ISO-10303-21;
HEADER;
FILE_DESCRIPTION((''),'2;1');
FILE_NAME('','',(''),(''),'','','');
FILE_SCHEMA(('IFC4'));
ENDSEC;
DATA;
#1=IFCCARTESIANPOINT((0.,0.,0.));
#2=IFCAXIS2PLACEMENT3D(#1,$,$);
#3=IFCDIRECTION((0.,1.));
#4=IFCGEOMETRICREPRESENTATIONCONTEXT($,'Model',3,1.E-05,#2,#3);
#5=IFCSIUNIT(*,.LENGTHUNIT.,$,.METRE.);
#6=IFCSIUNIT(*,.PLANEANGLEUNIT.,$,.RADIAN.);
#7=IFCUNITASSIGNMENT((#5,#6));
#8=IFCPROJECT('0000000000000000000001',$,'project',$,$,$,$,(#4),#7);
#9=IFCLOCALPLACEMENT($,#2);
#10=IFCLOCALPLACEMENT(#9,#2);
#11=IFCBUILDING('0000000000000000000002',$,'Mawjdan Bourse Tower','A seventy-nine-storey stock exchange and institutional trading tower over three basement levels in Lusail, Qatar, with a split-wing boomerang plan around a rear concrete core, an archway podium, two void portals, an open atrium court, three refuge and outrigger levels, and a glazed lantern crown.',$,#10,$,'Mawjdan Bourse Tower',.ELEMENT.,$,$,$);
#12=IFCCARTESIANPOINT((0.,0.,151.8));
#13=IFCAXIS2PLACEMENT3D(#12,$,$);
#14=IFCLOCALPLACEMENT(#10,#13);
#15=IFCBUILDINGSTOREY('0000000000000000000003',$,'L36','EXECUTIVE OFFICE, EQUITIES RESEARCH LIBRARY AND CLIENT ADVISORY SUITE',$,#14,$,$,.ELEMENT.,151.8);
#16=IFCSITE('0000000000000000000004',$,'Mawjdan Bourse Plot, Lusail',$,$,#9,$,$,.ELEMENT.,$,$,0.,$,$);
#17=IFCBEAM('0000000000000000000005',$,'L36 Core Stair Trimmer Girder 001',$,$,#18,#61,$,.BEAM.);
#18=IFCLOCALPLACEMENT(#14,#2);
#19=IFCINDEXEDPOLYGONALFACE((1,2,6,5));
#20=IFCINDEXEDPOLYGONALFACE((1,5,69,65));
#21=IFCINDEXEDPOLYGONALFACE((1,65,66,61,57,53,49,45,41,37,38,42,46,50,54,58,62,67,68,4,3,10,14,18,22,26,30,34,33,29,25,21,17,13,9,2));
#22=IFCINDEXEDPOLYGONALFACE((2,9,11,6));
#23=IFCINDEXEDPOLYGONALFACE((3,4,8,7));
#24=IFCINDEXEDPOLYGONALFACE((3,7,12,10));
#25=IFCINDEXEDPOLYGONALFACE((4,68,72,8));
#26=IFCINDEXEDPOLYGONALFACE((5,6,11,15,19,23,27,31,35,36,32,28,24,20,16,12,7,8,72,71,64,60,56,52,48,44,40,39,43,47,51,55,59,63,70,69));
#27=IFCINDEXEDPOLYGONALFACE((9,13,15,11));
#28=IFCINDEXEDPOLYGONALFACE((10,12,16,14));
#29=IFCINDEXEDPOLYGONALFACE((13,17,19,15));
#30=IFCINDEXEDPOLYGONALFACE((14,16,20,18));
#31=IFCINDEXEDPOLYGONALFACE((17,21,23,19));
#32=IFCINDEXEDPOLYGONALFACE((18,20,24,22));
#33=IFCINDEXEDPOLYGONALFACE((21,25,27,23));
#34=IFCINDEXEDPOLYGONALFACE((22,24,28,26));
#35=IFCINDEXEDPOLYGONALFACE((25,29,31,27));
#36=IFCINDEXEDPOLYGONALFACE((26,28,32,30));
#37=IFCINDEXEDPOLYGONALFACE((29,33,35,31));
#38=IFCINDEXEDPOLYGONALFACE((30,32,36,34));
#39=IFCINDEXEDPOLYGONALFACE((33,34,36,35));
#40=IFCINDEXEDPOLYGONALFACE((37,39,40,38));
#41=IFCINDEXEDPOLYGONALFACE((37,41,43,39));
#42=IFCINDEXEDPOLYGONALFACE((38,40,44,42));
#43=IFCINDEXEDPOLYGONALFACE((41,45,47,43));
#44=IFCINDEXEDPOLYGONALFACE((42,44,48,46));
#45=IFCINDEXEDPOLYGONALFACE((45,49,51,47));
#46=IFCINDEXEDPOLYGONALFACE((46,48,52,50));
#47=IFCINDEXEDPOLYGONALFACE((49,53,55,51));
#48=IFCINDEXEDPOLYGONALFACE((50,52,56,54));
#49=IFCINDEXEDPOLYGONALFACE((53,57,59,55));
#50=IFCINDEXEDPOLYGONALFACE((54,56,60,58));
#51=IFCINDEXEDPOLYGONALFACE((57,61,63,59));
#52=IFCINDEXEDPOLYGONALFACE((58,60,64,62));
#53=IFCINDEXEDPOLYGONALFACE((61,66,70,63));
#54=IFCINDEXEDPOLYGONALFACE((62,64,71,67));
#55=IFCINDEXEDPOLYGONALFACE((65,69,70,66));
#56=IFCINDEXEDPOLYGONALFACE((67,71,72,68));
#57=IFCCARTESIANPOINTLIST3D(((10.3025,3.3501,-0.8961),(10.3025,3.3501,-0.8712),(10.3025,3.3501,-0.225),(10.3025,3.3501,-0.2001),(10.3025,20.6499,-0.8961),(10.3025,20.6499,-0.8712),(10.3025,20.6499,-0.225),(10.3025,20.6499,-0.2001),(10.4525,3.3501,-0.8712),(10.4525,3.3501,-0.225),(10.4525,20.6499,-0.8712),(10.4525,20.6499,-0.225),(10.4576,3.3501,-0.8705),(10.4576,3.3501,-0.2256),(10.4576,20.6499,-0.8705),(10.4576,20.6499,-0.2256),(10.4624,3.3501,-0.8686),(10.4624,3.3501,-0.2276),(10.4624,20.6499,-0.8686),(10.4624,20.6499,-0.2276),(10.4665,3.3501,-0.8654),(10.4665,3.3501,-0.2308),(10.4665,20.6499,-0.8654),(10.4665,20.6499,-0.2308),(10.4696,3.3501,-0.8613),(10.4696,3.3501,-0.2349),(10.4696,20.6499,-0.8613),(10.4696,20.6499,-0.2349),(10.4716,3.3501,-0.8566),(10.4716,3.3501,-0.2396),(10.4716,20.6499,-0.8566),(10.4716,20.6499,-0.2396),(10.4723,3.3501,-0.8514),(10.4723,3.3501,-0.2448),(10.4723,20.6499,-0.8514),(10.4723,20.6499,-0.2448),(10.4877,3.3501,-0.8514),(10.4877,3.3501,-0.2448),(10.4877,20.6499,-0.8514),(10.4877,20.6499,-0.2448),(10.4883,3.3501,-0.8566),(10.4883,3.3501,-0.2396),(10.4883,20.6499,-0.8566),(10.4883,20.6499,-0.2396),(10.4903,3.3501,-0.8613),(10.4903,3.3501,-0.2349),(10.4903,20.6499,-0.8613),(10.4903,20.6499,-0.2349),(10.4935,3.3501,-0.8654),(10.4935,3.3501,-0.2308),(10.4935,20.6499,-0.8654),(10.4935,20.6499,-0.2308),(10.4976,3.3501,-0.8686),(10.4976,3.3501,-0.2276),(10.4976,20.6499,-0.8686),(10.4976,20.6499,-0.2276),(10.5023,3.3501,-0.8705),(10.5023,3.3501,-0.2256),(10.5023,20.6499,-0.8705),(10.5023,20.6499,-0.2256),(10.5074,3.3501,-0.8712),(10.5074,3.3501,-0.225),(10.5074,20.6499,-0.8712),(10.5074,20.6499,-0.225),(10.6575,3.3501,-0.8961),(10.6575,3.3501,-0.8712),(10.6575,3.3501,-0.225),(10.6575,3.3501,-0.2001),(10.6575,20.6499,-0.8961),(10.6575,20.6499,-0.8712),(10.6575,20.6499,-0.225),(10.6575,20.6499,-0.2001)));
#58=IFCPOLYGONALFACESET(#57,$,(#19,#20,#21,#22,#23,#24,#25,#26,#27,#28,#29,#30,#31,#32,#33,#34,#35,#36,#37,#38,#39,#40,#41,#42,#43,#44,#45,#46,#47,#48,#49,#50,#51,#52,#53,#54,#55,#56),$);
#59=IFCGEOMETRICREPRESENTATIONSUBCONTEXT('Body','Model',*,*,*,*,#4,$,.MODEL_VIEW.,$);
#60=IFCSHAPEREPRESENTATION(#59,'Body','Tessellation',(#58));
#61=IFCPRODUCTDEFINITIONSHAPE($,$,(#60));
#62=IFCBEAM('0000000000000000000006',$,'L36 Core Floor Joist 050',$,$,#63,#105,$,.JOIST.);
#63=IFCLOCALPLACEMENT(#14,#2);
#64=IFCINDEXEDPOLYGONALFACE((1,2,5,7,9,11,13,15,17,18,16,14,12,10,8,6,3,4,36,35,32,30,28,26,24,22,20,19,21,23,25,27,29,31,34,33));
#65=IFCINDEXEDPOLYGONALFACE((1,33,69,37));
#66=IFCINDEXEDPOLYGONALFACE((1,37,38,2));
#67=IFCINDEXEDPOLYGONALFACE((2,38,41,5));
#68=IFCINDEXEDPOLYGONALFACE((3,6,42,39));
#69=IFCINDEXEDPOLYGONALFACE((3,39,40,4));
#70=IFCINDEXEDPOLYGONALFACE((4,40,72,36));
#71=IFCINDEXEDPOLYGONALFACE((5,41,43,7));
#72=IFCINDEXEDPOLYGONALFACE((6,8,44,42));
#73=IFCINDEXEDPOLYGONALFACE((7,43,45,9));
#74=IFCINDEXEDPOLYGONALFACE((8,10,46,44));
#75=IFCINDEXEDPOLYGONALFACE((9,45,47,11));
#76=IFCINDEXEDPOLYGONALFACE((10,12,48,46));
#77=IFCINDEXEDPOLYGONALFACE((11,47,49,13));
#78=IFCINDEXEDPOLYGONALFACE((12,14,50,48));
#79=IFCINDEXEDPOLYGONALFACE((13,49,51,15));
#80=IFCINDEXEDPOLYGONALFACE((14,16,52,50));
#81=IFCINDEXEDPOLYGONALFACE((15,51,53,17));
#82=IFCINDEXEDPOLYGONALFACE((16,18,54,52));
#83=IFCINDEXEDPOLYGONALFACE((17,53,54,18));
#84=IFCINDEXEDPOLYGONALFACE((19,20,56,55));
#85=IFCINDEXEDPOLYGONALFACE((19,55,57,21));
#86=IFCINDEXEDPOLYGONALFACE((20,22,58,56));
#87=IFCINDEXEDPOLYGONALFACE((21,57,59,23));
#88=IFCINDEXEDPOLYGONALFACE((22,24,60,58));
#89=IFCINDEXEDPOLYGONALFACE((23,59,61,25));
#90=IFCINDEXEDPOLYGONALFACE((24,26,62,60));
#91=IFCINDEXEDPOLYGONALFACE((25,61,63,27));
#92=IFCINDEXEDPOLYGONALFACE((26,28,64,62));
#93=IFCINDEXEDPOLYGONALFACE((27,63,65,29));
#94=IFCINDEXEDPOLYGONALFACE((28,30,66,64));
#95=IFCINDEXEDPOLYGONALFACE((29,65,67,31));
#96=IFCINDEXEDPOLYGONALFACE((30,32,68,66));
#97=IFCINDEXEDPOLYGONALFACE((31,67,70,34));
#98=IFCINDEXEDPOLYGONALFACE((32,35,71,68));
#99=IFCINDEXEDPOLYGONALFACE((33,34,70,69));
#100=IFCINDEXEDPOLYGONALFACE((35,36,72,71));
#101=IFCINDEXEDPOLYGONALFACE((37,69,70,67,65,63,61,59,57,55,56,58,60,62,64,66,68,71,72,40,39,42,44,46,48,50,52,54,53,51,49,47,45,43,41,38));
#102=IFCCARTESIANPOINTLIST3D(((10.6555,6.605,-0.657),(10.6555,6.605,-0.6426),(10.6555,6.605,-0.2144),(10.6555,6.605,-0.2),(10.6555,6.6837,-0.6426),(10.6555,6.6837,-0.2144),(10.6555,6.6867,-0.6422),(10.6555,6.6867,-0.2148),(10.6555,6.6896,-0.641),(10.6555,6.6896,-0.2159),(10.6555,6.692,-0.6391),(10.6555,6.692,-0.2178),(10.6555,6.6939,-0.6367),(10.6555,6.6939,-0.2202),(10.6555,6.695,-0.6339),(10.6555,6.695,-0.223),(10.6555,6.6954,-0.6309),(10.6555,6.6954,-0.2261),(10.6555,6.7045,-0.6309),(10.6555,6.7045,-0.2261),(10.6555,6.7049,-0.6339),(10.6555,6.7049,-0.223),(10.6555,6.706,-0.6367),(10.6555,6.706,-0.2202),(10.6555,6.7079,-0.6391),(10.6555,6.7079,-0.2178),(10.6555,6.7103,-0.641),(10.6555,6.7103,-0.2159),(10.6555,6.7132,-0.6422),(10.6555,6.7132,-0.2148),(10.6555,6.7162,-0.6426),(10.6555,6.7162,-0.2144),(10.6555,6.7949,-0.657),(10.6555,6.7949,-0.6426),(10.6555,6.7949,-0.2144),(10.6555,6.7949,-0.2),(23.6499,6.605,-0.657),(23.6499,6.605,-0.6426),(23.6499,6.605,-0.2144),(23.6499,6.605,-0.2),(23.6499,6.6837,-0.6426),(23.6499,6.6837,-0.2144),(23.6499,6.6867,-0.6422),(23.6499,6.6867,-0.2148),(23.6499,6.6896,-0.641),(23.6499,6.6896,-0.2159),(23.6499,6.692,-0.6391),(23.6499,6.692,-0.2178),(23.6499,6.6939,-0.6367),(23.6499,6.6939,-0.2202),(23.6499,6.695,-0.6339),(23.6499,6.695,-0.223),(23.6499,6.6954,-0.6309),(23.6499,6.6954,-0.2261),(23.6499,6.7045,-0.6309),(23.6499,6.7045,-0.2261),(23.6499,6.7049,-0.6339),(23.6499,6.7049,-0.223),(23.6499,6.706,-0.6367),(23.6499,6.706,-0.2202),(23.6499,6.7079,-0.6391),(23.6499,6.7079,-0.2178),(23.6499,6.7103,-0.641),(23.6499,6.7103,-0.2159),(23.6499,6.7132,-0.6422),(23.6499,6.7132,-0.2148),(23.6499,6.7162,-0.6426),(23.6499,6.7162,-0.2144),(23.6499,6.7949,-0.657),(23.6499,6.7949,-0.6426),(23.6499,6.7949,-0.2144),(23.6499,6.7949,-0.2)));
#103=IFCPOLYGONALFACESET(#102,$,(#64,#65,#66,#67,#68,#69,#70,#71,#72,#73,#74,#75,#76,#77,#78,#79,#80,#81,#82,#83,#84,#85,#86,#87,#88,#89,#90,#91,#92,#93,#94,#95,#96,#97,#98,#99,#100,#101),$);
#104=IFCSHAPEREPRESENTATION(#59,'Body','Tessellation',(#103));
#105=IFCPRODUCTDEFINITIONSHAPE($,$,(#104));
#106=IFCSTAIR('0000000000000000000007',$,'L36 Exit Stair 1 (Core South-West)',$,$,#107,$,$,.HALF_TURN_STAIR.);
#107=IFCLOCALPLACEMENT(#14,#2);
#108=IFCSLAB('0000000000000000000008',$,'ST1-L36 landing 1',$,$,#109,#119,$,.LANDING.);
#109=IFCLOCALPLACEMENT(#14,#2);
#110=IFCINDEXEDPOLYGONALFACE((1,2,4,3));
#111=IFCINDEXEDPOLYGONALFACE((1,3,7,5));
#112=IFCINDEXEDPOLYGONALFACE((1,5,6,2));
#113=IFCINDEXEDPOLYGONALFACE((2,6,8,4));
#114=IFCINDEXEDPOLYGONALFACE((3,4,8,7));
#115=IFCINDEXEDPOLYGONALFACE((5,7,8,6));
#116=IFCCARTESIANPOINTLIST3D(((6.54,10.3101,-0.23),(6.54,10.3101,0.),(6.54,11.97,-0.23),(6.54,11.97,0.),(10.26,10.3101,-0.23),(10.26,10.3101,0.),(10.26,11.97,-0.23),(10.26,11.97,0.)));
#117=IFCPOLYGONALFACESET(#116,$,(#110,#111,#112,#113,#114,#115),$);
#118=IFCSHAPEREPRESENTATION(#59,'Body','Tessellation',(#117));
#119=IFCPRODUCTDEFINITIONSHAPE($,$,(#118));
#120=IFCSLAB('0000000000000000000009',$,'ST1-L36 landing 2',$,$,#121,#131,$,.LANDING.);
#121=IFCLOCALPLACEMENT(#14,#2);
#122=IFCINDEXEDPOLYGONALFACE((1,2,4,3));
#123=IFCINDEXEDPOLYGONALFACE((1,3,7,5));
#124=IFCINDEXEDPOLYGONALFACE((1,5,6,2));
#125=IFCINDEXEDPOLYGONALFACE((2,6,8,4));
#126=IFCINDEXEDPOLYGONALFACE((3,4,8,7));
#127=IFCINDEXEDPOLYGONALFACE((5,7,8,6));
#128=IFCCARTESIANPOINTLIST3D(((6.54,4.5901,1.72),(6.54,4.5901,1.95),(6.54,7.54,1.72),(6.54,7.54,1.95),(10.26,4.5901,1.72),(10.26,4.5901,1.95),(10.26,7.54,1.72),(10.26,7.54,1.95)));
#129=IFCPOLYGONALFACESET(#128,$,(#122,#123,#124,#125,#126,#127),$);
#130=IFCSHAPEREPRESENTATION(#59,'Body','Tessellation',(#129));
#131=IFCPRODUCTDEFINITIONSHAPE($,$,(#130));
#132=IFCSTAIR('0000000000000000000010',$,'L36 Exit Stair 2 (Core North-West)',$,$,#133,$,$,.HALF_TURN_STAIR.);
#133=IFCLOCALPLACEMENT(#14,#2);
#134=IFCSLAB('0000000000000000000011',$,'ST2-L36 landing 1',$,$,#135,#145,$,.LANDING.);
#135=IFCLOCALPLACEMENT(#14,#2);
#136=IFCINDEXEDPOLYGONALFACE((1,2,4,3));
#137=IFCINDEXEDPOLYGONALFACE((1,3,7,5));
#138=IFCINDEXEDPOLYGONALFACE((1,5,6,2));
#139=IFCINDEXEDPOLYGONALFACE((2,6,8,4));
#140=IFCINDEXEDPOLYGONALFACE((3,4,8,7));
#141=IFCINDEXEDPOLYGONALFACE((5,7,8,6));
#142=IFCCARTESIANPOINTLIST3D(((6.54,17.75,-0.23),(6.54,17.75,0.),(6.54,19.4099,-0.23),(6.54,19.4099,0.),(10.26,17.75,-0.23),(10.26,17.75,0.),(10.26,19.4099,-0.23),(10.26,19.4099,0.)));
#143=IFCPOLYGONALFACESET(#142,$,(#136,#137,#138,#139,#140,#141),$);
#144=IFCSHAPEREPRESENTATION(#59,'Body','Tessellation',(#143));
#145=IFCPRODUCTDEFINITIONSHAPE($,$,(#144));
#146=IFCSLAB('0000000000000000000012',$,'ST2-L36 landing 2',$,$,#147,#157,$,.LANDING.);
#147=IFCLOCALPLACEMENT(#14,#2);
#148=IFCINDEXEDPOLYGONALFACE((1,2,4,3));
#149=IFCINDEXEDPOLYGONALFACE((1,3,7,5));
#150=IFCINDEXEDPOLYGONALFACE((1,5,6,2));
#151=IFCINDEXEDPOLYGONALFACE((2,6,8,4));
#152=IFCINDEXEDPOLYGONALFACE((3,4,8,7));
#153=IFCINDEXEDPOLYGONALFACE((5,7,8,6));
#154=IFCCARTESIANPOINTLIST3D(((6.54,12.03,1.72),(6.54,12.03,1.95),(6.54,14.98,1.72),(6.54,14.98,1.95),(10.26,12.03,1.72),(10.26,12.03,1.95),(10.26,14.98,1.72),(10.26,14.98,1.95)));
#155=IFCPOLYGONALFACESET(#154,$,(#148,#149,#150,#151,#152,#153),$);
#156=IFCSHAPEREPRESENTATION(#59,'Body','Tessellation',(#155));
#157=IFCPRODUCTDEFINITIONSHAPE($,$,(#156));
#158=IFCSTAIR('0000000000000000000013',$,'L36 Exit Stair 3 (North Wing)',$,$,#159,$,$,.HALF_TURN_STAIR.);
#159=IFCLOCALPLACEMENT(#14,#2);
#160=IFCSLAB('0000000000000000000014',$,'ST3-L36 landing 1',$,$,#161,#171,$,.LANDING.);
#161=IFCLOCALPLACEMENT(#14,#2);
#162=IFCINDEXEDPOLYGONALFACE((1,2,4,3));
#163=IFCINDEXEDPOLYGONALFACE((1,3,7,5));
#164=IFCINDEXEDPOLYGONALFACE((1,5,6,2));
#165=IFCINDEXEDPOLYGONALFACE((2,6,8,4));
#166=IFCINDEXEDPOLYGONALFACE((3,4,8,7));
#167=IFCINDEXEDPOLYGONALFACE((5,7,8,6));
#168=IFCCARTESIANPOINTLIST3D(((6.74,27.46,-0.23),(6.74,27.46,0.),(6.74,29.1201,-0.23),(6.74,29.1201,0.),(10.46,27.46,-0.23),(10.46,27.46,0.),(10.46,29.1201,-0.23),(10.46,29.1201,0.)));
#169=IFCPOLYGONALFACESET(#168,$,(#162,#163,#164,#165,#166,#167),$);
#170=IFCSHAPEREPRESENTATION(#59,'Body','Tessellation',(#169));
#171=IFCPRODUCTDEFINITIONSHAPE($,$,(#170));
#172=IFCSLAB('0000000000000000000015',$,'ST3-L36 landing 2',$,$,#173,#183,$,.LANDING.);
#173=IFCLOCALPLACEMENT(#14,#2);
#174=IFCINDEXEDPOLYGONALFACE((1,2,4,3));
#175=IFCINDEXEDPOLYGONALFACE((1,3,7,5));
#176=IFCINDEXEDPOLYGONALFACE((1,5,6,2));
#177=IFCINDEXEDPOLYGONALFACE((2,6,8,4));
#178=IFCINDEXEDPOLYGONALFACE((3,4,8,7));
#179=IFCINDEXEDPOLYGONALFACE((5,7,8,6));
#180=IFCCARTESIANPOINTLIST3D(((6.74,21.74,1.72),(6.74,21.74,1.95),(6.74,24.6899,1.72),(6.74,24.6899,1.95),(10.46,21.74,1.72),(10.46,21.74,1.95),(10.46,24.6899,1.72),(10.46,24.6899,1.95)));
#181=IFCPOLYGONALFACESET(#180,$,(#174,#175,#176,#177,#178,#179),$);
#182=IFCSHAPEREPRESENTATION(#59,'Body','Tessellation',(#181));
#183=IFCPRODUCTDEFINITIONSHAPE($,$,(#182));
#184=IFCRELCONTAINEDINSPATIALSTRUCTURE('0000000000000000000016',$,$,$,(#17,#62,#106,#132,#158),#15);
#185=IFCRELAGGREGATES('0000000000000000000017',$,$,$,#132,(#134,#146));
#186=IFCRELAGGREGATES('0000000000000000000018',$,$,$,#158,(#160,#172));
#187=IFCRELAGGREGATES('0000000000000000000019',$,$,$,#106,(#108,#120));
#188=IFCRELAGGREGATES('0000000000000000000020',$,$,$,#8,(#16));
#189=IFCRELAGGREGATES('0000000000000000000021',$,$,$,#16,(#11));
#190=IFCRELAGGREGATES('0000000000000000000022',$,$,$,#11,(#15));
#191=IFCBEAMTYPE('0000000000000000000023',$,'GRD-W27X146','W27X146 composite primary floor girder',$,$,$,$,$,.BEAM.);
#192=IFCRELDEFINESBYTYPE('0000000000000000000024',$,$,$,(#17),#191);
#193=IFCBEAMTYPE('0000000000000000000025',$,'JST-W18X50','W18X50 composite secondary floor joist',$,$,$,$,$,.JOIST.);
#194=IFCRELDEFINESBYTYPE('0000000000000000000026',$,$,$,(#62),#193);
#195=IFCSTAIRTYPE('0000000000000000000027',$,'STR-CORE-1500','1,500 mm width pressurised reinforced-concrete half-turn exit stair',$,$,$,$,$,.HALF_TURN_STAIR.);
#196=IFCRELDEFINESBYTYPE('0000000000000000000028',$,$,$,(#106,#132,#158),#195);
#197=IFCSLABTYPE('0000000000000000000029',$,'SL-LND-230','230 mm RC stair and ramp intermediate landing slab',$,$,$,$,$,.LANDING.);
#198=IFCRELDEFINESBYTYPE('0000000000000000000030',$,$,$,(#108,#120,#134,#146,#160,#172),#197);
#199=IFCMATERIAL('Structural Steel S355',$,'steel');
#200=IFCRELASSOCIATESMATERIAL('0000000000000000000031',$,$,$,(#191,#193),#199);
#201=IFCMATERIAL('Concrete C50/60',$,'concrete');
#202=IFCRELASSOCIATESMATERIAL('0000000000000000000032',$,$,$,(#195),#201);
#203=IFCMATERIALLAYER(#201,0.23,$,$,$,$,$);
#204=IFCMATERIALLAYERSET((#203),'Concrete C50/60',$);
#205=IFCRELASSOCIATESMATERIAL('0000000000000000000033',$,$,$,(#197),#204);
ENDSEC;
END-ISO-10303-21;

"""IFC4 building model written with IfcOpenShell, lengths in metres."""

from ifc_helpers import new_model, si_unit, direction, frame, origin, origin_2d, place, context, subcontext, project, spatial, polyline, i_section, outline, extrude, material, layer, layer_set, material_profile, profile_set, type_object, element, aggregate, save


model = new_model("IFC4")

# Units and contexts
model_context = context("Model", 3, precision=1e-05, world=origin(), true_north=direction((0.0, 1.0)))
body_context = subcontext(model_context, "Body", "Model", "MODEL_VIEW")
ifc_project = project(units=[si_unit("LENGTHUNIT", "METRE"), si_unit("PLANEANGLEUNIT", "RADIAN")], contexts=[model_context])

# Site, building, storey
site_placement = place(None, origin())
site = spatial("IfcSite", under=ifc_project, at=site_placement, Name="Mawjdan Bourse Plot, Lusail", CompositionType="ELEMENT", RefElevation=0.0)
building_placement = place(site_placement, origin())
building = spatial("IfcBuilding", under=site, at=building_placement, Name="Mawjdan Bourse Tower", Description="A seventy-nine-storey stock exchange and institutional trading tower over three basement levels in Lusail, Qatar, with a split-wing boomerang plan around a rear concrete core, an archway podium, two void portals, an open atrium court, three refuge and outrigger levels, and a glazed lantern crown.", LongName="Mawjdan Bourse Tower", CompositionType="ELEMENT")
storey_placement = place(building_placement, frame((0.0, 0.0, 151.8)))
storey = spatial("IfcBuildingStorey", under=building, at=storey_placement, Name="L36", Description="EXECUTIVE OFFICE, EQUITIES RESEARCH LIBRARY AND CLIENT ADVISORY SUITE", CompositionType="ELEMENT", Elevation=151.8)

# Beams
ifc_material_1 = material(Name="Structural Steel S355", Category="steel")
ifc_material_profile_1 = material_profile(ifc_material_1, i_section(OverallWidth=0.355, OverallDepth=0.696, WebThickness=0.0154, FlangeThickness=0.0249, FilletRadius=0.0198, at=origin_2d()), Name="W27X146")
ifc_profile_set_1 = profile_set([ifc_material_profile_1], Name="Structural Steel S355")
beam_type_1 = type_object("IfcBeamType", Name="GRD-W27X146", Description="W27X146 composite primary floor girder", PredefinedType="BEAM", material=ifc_profile_set_1)
beam_1_placement = place(storey_placement, frame((10.48, 3.3501, -0.5481), z_axis=(0.0, 1.0, 0.0), x_axis=(-1.0, 0.0, 0.0)))
element("IfcBeam", 1, at=beam_1_placement, inside=storey, type_object=beam_type_1, Name="L36 Core Stair Trimmer Girder 001", PredefinedType="BEAM", context=body_context, shape_type="SweptSolid", body=[
    extrude(i_section(OverallWidth=0.355, OverallDepth=0.696, WebThickness=0.0154, FlangeThickness=0.0249, FilletRadius=0.0198, at=origin_2d()), origin(), (0.0, 0.0, 1.0), 17.2998),
])
ifc_material_profile_2 = material_profile(ifc_material_1, i_section(OverallWidth=0.1899, OverallDepth=0.457, WebThickness=0.009, FlangeThickness=0.0144, FilletRadius=0.0117, at=origin_2d()), Name="W18X50")
ifc_profile_set_2 = profile_set([ifc_material_profile_2], Name="Structural Steel S355")
beam_type_2 = type_object("IfcBeamType", Name="JST-W18X50", Description="W18X50 composite secondary floor joist", PredefinedType="JOIST", material=ifc_profile_set_2)
beam_2_placement = place(storey_placement, frame((10.6555, 6.7, -0.4285), z_axis=(1.0, 0.0, 0.0), x_axis=(0.0, 1.0, 0.0)))
element("IfcBeam", 2, at=beam_2_placement, inside=storey, type_object=beam_type_2, Name="L36 Core Floor Joist 050", PredefinedType="JOIST", context=body_context, shape_type="SweptSolid", body=[
    extrude(i_section(OverallWidth=0.1899, OverallDepth=0.457, WebThickness=0.009, FlangeThickness=0.0144, FilletRadius=0.0117, at=origin_2d()), origin(), (0.0, 0.0, 1.0), 12.9944),
])

# Stairs, slabs
ifc_material_2 = material(Name="Concrete C50/60", Category="concrete")
stair_type = type_object("IfcStairType", Name="STR-CORE-1500", Description="1,500 mm width pressurised reinforced-concrete half-turn exit stair", PredefinedType="HALF_TURN_STAIR", material=ifc_material_2)
stair_1_placement = place(storey_placement, origin())
stair_1 = element("IfcStair", 3, at=stair_1_placement, inside=storey, type_object=stair_type, Name="L36 Exit Stair 1 (Core South-West)", PredefinedType="HALF_TURN_STAIR")
ifc_layer_1 = layer(ifc_material_2, 0.23)
ifc_layer_set_1 = layer_set([ifc_layer_1], Name="Concrete C50/60")
slab_type_1 = type_object("IfcSlabType", Name="SL-LND-230", Description="230 mm RC stair and ramp intermediate landing slab", PredefinedType="LANDING", material=ifc_layer_set_1)
slab_1_placement = place(storey_placement, frame((0.0, 0.0, -0.23)))
slab_1 = element("IfcSlab", 4, at=slab_1_placement, type_object=slab_type_1, Name="ST1-L36 landing 1", PredefinedType="LANDING", context=body_context, shape_type="SweptSolid", body=[
    extrude(outline(polyline([(6.54, 10.3101), (10.26, 10.3101), (10.26, 11.97), (6.54, 11.97), (6.54, 10.3101)])), origin(), (0.0, 0.0, 1.0), 0.23),
])
slab_2_placement = place(storey_placement, frame((0.0, 0.0, 1.72)))
slab_2 = element("IfcSlab", 5, at=slab_2_placement, type_object=slab_type_1, Name="ST1-L36 landing 2", PredefinedType="LANDING", context=body_context, shape_type="SweptSolid", body=[
    extrude(outline(polyline([(6.54, 4.5901), (10.26, 4.5901), (10.26, 7.54), (6.54, 7.54), (6.54, 4.5901)])), origin(), (0.0, 0.0, 1.0), 0.23),
])
stair_2_placement = place(storey_placement, origin())
stair_2 = element("IfcStair", 6, at=stair_2_placement, inside=storey, type_object=stair_type, Name="L36 Exit Stair 2 (Core North-West)", PredefinedType="HALF_TURN_STAIR")
slab_3_placement = place(storey_placement, frame((0.0, 0.0, -0.23)))
slab_3 = element("IfcSlab", 7, at=slab_3_placement, type_object=slab_type_1, Name="ST2-L36 landing 1", PredefinedType="LANDING", context=body_context, shape_type="SweptSolid", body=[
    extrude(outline(polyline([(6.54, 17.75), (10.26, 17.75), (10.26, 19.4099), (6.54, 19.4099), (6.54, 17.75)])), origin(), (0.0, 0.0, 1.0), 0.23),
])
slab_4_placement = place(storey_placement, frame((0.0, 0.0, 1.72)))
slab_4 = element("IfcSlab", 8, at=slab_4_placement, type_object=slab_type_1, Name="ST2-L36 landing 2", PredefinedType="LANDING", context=body_context, shape_type="SweptSolid", body=[
    extrude(outline(polyline([(6.54, 12.03), (10.26, 12.03), (10.26, 14.98), (6.54, 14.98), (6.54, 12.03)])), origin(), (0.0, 0.0, 1.0), 0.23),
])
aggregate(stair_2, [slab_3, slab_4])
stair_3_placement = place(storey_placement, origin())
stair_3 = element("IfcStair", 9, at=stair_3_placement, inside=storey, type_object=stair_type, Name="L36 Exit Stair 3 (North Wing)", PredefinedType="HALF_TURN_STAIR")
slab_5_placement = place(storey_placement, frame((0.0, 0.0, -0.23)))
slab_5 = element("IfcSlab", 10, at=slab_5_placement, type_object=slab_type_1, Name="ST3-L36 landing 1", PredefinedType="LANDING", context=body_context, shape_type="SweptSolid", body=[
    extrude(outline(polyline([(6.74, 27.46), (10.46, 27.46), (10.46, 29.1201), (6.74, 29.1201), (6.74, 27.46)])), origin(), (0.0, 0.0, 1.0), 0.23),
])
slab_6_placement = place(storey_placement, frame((0.0, 0.0, 1.72)))
slab_6 = element("IfcSlab", 11, at=slab_6_placement, type_object=slab_type_1, Name="ST3-L36 landing 2", PredefinedType="LANDING", context=body_context, shape_type="SweptSolid", body=[
    extrude(outline(polyline([(6.74, 21.74), (10.46, 21.74), (10.46, 24.6899), (6.74, 24.6899), (6.74, 21.74)])), origin(), (0.0, 0.0, 1.0), 0.23),
])
aggregate(stair_3, [slab_5, slab_6])

aggregate(stair_1, [slab_1, slab_2])

save(model, "model.ifc")
